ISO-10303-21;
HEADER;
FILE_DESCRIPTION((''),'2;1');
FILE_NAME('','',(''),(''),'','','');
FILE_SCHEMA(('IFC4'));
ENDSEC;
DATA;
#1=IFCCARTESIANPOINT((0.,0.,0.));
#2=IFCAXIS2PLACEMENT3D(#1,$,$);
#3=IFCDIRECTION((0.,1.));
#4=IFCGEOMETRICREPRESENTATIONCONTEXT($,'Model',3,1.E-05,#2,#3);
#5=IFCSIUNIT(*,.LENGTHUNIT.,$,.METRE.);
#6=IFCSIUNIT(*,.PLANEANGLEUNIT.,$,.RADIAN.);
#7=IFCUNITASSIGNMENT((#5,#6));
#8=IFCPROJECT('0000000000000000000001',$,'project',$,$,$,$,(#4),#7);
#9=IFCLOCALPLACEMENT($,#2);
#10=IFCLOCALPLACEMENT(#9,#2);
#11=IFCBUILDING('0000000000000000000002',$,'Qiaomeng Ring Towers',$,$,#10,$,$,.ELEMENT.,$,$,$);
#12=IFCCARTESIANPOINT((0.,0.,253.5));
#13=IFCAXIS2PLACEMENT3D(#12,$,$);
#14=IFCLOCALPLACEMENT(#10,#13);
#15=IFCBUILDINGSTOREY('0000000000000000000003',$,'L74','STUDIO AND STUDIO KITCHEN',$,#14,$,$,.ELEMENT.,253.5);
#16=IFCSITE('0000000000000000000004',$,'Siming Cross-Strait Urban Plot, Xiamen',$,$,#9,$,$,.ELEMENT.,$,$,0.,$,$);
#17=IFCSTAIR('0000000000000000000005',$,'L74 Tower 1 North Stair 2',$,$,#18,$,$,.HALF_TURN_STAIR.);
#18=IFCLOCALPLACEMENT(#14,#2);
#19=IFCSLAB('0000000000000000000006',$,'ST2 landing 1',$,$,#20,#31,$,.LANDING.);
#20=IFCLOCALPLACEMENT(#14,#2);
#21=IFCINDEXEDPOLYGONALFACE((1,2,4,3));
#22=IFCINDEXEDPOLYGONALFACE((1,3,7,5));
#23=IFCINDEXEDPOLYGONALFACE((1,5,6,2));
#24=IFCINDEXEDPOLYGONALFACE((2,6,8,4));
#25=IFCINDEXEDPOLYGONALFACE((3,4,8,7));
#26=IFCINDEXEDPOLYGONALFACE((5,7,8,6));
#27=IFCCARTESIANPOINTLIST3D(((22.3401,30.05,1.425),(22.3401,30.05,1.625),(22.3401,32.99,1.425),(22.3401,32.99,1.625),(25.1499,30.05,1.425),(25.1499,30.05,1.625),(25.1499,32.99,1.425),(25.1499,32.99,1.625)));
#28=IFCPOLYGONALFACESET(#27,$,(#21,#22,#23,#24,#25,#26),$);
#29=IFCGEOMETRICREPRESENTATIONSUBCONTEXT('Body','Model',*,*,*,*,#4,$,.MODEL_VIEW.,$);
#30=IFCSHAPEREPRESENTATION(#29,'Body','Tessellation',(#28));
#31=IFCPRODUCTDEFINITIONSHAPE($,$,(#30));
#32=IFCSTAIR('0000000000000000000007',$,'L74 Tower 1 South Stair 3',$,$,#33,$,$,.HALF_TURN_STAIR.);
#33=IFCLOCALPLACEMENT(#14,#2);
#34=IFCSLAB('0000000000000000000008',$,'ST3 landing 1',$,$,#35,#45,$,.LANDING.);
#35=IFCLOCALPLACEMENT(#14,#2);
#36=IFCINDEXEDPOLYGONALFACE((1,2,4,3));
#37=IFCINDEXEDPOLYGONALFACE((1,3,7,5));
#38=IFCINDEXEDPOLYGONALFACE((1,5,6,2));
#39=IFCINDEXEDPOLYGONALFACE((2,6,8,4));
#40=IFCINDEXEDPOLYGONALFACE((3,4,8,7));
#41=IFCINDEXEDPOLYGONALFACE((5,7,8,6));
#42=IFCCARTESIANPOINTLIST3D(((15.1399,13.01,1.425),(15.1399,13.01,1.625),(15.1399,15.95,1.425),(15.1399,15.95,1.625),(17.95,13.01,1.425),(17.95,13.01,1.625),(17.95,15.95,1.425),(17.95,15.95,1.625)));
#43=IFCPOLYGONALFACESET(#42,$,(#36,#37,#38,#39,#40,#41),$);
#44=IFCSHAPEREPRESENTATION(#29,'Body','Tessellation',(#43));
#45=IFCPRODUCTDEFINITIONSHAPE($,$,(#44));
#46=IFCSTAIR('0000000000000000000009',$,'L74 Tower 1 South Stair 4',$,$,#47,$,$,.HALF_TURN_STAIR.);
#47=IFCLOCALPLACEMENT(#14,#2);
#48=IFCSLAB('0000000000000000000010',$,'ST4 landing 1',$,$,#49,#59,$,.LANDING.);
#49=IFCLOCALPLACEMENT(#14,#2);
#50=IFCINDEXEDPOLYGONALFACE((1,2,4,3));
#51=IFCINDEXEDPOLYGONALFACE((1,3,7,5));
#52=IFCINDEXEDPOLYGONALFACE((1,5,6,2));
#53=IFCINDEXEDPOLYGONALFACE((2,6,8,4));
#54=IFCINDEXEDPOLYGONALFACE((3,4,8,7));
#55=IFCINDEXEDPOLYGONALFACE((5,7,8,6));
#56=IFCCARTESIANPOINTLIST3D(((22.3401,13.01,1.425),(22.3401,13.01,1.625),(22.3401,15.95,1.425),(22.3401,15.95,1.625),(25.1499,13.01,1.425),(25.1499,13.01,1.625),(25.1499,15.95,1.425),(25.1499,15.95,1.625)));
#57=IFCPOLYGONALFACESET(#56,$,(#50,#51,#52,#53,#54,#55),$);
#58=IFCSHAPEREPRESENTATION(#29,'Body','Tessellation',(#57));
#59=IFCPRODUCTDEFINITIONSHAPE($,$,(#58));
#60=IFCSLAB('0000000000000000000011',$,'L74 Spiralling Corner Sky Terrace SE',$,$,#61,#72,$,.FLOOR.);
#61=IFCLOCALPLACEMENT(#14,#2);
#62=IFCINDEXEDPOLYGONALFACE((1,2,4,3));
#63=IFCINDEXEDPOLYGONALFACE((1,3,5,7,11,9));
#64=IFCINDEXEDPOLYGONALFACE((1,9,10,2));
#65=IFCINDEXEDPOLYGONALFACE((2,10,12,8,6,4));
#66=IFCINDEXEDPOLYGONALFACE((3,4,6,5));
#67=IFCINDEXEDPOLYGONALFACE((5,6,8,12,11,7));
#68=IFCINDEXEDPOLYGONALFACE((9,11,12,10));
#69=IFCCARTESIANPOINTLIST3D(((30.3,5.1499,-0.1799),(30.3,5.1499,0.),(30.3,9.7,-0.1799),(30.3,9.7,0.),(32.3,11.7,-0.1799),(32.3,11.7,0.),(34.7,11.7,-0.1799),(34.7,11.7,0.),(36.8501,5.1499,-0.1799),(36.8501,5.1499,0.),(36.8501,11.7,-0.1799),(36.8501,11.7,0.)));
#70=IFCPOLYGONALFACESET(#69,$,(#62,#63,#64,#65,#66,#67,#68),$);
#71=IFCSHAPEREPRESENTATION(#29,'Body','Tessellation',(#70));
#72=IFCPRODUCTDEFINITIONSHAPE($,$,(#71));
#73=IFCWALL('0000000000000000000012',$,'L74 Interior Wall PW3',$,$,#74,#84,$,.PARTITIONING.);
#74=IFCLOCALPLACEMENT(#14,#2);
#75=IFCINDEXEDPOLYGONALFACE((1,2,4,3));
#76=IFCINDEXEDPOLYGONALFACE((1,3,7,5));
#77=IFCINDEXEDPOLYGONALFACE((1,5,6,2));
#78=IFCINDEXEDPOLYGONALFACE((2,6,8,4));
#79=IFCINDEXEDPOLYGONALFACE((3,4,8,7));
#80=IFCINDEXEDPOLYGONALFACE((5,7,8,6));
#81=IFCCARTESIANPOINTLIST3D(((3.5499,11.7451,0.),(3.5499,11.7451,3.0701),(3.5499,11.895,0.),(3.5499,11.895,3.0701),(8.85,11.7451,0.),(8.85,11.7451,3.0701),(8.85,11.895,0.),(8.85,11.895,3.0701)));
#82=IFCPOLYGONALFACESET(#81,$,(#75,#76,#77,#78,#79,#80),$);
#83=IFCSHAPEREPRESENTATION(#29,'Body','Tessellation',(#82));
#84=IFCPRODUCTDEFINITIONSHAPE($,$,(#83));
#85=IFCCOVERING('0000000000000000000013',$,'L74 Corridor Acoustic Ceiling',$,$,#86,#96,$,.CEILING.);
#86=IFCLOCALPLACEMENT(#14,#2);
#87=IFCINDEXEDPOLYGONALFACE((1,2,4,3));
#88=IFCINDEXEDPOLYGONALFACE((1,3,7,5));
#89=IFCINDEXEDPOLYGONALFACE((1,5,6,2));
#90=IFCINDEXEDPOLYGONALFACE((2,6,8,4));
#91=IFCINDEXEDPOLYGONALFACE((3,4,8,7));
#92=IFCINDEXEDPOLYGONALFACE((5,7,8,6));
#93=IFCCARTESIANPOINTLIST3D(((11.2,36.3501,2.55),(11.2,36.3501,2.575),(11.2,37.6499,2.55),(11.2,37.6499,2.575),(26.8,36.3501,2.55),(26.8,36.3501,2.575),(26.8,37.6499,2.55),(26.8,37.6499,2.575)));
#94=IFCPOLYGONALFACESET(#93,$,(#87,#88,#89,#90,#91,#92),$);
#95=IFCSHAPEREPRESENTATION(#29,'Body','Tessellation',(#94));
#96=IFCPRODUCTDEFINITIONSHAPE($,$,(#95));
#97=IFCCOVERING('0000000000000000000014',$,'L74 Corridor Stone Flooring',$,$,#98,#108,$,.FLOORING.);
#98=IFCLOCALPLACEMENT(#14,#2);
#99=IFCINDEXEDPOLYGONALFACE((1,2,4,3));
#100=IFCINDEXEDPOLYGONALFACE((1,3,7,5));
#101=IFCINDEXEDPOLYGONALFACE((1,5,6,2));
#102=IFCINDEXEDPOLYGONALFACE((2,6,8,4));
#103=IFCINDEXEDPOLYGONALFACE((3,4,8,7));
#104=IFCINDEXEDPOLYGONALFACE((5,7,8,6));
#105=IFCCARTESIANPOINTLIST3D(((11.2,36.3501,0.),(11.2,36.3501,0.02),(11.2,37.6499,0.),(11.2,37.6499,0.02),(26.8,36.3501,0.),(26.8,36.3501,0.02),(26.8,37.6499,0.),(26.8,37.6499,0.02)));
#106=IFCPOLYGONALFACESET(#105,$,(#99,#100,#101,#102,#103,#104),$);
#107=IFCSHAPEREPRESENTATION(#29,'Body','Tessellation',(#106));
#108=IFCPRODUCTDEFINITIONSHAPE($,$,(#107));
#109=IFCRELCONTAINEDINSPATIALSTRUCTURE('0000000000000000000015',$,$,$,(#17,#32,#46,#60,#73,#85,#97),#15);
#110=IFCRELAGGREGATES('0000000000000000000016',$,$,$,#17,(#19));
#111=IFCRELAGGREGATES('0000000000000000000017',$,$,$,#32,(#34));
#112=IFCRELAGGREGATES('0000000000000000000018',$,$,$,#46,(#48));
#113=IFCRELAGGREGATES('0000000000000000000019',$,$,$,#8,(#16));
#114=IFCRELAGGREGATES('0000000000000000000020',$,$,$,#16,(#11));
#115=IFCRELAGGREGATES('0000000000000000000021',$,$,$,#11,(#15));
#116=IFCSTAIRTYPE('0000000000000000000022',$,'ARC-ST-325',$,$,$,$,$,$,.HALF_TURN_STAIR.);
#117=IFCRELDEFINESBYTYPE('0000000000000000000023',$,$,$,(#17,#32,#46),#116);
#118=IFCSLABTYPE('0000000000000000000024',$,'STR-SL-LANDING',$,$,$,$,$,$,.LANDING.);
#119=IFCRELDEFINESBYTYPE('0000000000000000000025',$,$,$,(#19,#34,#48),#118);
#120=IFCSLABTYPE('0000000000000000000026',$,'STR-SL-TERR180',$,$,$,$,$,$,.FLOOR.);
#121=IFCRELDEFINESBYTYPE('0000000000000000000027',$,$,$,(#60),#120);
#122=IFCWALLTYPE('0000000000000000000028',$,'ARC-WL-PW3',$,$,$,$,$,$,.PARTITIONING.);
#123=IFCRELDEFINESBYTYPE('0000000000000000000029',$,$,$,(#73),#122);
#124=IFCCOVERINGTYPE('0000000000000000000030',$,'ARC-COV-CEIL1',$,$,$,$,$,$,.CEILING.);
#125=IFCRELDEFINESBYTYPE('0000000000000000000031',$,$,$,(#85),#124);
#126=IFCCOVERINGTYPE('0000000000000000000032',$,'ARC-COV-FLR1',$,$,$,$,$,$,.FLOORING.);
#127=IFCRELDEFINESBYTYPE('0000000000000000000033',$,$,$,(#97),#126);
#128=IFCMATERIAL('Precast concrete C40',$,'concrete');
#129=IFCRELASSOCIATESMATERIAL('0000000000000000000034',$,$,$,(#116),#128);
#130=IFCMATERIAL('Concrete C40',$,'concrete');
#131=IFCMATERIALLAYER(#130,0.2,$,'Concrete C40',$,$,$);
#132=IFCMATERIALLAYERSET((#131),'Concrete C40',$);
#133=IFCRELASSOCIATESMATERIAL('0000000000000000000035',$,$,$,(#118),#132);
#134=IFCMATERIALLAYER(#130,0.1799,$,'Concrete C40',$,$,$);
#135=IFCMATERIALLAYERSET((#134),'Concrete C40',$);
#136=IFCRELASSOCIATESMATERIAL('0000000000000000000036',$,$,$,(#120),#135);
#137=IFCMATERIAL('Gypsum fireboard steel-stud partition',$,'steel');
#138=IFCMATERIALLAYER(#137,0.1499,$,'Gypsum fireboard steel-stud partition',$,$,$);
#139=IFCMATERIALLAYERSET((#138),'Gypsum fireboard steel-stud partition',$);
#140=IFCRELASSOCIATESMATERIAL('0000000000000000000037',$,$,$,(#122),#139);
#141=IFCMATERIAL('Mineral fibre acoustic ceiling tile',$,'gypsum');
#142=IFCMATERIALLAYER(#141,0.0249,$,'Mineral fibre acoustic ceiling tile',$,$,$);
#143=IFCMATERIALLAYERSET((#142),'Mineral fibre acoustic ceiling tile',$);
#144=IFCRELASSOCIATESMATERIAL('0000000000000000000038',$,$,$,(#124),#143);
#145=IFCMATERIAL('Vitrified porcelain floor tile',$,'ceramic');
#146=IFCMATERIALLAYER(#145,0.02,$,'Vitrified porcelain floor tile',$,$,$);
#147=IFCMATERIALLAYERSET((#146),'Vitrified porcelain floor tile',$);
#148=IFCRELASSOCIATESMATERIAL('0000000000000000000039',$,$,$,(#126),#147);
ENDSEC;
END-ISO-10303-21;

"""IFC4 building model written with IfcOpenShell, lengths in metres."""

from ifc_helpers import new_model, si_unit, direction, frame, frame_2d, origin, place, context, subcontext, project, spatial, polyline, rectangle, outline, extrude, material, layer, layer_set, type_object, element, aggregate, save


model = new_model("IFC4")

# Units and contexts
model_context = context("Model", 3, precision=1e-05, world=origin(), true_north=direction((0.0, 1.0)))
body_context = subcontext(model_context, "Body", "Model", "MODEL_VIEW")
ifc_project = project(units=[si_unit("LENGTHUNIT", "METRE"), si_unit("PLANEANGLEUNIT", "RADIAN")], contexts=[model_context])

# Site, building, storey
site_placement = place(None, origin())
site = spatial("IfcSite", under=ifc_project, at=site_placement, Name="Siming Cross-Strait Urban Plot, Xiamen", CompositionType="ELEMENT", RefElevation=0.0)
building_placement = place(site_placement, origin())
building = spatial("IfcBuilding", under=site, at=building_placement, Name="Qiaomeng Ring Towers", CompositionType="ELEMENT")
storey_placement = place(building_placement, frame((0.0, 0.0, 253.5)))
storey = spatial("IfcBuildingStorey", under=building, at=storey_placement, Name="L74", Description="STUDIO AND STUDIO KITCHEN", CompositionType="ELEMENT", Elevation=253.5)

# Shared definitions
ifc_material_1 = material(Name="Concrete C40", Category="concrete")

# Stairs, slabs
ifc_material_2 = material(Name="Precast concrete C40", Category="concrete")
stair_type = type_object("IfcStairType", Name="ARC-ST-325", PredefinedType="HALF_TURN_STAIR", material=ifc_material_2)
ifc_layer_1 = layer(ifc_material_1, 0.2, Name="Concrete C40")
ifc_layer_set_1 = layer_set([ifc_layer_1], Name="Concrete C40")
slab_type_1 = type_object("IfcSlabType", Name="STR-SL-LANDING", PredefinedType="LANDING", material=ifc_layer_set_1)
stair_1_placement = place(storey_placement, origin())
stair_1 = element("IfcStair", 1, at=stair_1_placement, inside=storey, type_object=stair_type, Name="L74 Tower 1 North Stair 2", PredefinedType="HALF_TURN_STAIR")
slab_1_placement = place(storey_placement, frame((0.0, 0.0, 1.425)))
slab_1 = element("IfcSlab", 2, at=slab_1_placement, type_object=slab_type_1, Name="ST2 landing 1", PredefinedType="LANDING", context=body_context, shape_type="SweptSolid", body=[
    extrude(outline(polyline([(22.3401, 30.05), (25.1499, 30.05), (25.1499, 32.99), (22.3401, 32.99), (22.3401, 30.05)])), origin(), (0.0, 0.0, 1.0), 0.2),
])
aggregate(stair_1, [slab_1])
stair_2_placement = place(storey_placement, origin())
stair_2 = element("IfcStair", 3, at=stair_2_placement, inside=storey, type_object=stair_type, Name="L74 Tower 1 South Stair 3", PredefinedType="HALF_TURN_STAIR")
slab_2_placement = place(storey_placement, frame((0.0, 0.0, 1.425)))
slab_2 = element("IfcSlab", 4, at=slab_2_placement, type_object=slab_type_1, Name="ST3 landing 1", PredefinedType="LANDING", context=body_context, shape_type="SweptSolid", body=[
    extrude(outline(polyline([(15.1399, 13.01), (17.95, 13.01), (17.95, 15.95), (15.1399, 15.95), (15.1399, 13.01)])), origin(), (0.0, 0.0, 1.0), 0.2),
])
aggregate(stair_2, [slab_2])
stair_3_placement = place(storey_placement, origin())
stair_3 = element("IfcStair", 5, at=stair_3_placement, inside=storey, type_object=stair_type, Name="L74 Tower 1 South Stair 4", PredefinedType="HALF_TURN_STAIR")
slab_3_placement = place(storey_placement, frame((0.0, 0.0, 1.425)))
slab_3 = element("IfcSlab", 6, at=slab_3_placement, type_object=slab_type_1, Name="ST4 landing 1", PredefinedType="LANDING", context=body_context, shape_type="SweptSolid", body=[
    extrude(outline(polyline([(22.3401, 13.01), (25.1499, 13.01), (25.1499, 15.95), (22.3401, 15.95), (22.3401, 13.01)])), origin(), (0.0, 0.0, 1.0), 0.2),
])
aggregate(stair_3, [slab_3])

# Slab
ifc_layer_2 = layer(ifc_material_1, 0.1799, Name="Concrete C40")
ifc_layer_set_2 = layer_set([ifc_layer_2], Name="Concrete C40")
slab_type_2 = type_object("IfcSlabType", Name="STR-SL-TERR180", PredefinedType="FLOOR", material=ifc_layer_set_2)
slab_4_placement = place(storey_placement, frame((0.0, 0.0, -0.1799)))
element("IfcSlab", 7, at=slab_4_placement, inside=storey, type_object=slab_type_2, Name="L74 Spiralling Corner Sky Terrace SE", PredefinedType="FLOOR", context=body_context, shape_type="SweptSolid", body=[
    extrude(outline(polyline([(36.8501, 11.7), (36.8501, 5.1499), (30.3, 5.1499), (30.3, 9.7), (32.3, 11.7), (34.7, 11.7), (34.7, 11.7), (36.8501, 11.7)])), origin(), (0.0, 0.0, 1.0), 0.1799),
])

# Wall
ifc_material_3 = material(Name="Gypsum fireboard steel-stud partition", Category="steel")
ifc_layer_3 = layer(ifc_material_3, 0.1499, Name="Gypsum fireboard steel-stud partition")
ifc_layer_set_3 = layer_set([ifc_layer_3], Name="Gypsum fireboard steel-stud partition")
wall_type = type_object("IfcWallType", Name="ARC-WL-PW3", PredefinedType="PARTITIONING", material=ifc_layer_set_3)
wall_placement = place(storey_placement, frame((3.55, 11.8201, 0.0), z_axis=(0.0, 0.0, 1.0), x_axis=(1.0, 0.0, 0.0)))
element("IfcWall", 8, at=wall_placement, inside=storey, type_object=wall_type, Name="L74 Interior Wall PW3", PredefinedType="PARTITIONING", context=body_context, shape_type="SweptSolid", body=[
    extrude(rectangle(XDim=5.3, YDim=0.1499, at=frame_2d((2.6499, 0.0))), origin(), (0.0, 0.0, 1.0), 3.0701),
])

# Coverings
ifc_material_4 = material(Name="Mineral fibre acoustic ceiling tile", Category="gypsum")
ifc_layer_4 = layer(ifc_material_4, 0.0249, Name="Mineral fibre acoustic ceiling tile")
ifc_layer_set_4 = layer_set([ifc_layer_4], Name="Mineral fibre acoustic ceiling tile")
covering_type_1 = type_object("IfcCoveringType", Name="ARC-COV-CEIL1", PredefinedType="CEILING", material=ifc_layer_set_4)
covering_1_placement = place(storey_placement, frame((0.0, 0.0, 2.55)))
element("IfcCovering", 9, at=covering_1_placement, inside=storey, type_object=covering_type_1, Name="L74 Corridor Acoustic Ceiling", PredefinedType="CEILING", context=body_context, shape_type="SweptSolid", body=[
    extrude(outline(polyline([(11.2, 36.3501), (11.2, 37.6499), (26.8, 37.6499), (26.8, 36.3501), (11.2, 36.3501)])), origin(), (0.0, 0.0, 1.0), 0.0249),
])
ifc_material_5 = material(Name="Vitrified porcelain floor tile", Category="ceramic")
ifc_layer_5 = layer(ifc_material_5, 0.02, Name="Vitrified porcelain floor tile")
ifc_layer_set_5 = layer_set([ifc_layer_5], Name="Vitrified porcelain floor tile")
covering_type_2 = type_object("IfcCoveringType", Name="ARC-COV-FLR1", PredefinedType="FLOORING", material=ifc_layer_set_5)
covering_2_placement = place(storey_placement, origin())
element("IfcCovering", 10, at=covering_2_placement, inside=storey, type_object=covering_type_2, Name="L74 Corridor Stone Flooring", PredefinedType="FLOORING", context=body_context, shape_type="SweptSolid", body=[
    extrude(outline(polyline([(11.2, 36.3501), (11.2, 37.6499), (26.8, 37.6499), (26.8, 36.3501), (11.2, 36.3501)])), origin(), (0.0, 0.0, 1.0), 0.02),
])

save(model, "model.ifc")
